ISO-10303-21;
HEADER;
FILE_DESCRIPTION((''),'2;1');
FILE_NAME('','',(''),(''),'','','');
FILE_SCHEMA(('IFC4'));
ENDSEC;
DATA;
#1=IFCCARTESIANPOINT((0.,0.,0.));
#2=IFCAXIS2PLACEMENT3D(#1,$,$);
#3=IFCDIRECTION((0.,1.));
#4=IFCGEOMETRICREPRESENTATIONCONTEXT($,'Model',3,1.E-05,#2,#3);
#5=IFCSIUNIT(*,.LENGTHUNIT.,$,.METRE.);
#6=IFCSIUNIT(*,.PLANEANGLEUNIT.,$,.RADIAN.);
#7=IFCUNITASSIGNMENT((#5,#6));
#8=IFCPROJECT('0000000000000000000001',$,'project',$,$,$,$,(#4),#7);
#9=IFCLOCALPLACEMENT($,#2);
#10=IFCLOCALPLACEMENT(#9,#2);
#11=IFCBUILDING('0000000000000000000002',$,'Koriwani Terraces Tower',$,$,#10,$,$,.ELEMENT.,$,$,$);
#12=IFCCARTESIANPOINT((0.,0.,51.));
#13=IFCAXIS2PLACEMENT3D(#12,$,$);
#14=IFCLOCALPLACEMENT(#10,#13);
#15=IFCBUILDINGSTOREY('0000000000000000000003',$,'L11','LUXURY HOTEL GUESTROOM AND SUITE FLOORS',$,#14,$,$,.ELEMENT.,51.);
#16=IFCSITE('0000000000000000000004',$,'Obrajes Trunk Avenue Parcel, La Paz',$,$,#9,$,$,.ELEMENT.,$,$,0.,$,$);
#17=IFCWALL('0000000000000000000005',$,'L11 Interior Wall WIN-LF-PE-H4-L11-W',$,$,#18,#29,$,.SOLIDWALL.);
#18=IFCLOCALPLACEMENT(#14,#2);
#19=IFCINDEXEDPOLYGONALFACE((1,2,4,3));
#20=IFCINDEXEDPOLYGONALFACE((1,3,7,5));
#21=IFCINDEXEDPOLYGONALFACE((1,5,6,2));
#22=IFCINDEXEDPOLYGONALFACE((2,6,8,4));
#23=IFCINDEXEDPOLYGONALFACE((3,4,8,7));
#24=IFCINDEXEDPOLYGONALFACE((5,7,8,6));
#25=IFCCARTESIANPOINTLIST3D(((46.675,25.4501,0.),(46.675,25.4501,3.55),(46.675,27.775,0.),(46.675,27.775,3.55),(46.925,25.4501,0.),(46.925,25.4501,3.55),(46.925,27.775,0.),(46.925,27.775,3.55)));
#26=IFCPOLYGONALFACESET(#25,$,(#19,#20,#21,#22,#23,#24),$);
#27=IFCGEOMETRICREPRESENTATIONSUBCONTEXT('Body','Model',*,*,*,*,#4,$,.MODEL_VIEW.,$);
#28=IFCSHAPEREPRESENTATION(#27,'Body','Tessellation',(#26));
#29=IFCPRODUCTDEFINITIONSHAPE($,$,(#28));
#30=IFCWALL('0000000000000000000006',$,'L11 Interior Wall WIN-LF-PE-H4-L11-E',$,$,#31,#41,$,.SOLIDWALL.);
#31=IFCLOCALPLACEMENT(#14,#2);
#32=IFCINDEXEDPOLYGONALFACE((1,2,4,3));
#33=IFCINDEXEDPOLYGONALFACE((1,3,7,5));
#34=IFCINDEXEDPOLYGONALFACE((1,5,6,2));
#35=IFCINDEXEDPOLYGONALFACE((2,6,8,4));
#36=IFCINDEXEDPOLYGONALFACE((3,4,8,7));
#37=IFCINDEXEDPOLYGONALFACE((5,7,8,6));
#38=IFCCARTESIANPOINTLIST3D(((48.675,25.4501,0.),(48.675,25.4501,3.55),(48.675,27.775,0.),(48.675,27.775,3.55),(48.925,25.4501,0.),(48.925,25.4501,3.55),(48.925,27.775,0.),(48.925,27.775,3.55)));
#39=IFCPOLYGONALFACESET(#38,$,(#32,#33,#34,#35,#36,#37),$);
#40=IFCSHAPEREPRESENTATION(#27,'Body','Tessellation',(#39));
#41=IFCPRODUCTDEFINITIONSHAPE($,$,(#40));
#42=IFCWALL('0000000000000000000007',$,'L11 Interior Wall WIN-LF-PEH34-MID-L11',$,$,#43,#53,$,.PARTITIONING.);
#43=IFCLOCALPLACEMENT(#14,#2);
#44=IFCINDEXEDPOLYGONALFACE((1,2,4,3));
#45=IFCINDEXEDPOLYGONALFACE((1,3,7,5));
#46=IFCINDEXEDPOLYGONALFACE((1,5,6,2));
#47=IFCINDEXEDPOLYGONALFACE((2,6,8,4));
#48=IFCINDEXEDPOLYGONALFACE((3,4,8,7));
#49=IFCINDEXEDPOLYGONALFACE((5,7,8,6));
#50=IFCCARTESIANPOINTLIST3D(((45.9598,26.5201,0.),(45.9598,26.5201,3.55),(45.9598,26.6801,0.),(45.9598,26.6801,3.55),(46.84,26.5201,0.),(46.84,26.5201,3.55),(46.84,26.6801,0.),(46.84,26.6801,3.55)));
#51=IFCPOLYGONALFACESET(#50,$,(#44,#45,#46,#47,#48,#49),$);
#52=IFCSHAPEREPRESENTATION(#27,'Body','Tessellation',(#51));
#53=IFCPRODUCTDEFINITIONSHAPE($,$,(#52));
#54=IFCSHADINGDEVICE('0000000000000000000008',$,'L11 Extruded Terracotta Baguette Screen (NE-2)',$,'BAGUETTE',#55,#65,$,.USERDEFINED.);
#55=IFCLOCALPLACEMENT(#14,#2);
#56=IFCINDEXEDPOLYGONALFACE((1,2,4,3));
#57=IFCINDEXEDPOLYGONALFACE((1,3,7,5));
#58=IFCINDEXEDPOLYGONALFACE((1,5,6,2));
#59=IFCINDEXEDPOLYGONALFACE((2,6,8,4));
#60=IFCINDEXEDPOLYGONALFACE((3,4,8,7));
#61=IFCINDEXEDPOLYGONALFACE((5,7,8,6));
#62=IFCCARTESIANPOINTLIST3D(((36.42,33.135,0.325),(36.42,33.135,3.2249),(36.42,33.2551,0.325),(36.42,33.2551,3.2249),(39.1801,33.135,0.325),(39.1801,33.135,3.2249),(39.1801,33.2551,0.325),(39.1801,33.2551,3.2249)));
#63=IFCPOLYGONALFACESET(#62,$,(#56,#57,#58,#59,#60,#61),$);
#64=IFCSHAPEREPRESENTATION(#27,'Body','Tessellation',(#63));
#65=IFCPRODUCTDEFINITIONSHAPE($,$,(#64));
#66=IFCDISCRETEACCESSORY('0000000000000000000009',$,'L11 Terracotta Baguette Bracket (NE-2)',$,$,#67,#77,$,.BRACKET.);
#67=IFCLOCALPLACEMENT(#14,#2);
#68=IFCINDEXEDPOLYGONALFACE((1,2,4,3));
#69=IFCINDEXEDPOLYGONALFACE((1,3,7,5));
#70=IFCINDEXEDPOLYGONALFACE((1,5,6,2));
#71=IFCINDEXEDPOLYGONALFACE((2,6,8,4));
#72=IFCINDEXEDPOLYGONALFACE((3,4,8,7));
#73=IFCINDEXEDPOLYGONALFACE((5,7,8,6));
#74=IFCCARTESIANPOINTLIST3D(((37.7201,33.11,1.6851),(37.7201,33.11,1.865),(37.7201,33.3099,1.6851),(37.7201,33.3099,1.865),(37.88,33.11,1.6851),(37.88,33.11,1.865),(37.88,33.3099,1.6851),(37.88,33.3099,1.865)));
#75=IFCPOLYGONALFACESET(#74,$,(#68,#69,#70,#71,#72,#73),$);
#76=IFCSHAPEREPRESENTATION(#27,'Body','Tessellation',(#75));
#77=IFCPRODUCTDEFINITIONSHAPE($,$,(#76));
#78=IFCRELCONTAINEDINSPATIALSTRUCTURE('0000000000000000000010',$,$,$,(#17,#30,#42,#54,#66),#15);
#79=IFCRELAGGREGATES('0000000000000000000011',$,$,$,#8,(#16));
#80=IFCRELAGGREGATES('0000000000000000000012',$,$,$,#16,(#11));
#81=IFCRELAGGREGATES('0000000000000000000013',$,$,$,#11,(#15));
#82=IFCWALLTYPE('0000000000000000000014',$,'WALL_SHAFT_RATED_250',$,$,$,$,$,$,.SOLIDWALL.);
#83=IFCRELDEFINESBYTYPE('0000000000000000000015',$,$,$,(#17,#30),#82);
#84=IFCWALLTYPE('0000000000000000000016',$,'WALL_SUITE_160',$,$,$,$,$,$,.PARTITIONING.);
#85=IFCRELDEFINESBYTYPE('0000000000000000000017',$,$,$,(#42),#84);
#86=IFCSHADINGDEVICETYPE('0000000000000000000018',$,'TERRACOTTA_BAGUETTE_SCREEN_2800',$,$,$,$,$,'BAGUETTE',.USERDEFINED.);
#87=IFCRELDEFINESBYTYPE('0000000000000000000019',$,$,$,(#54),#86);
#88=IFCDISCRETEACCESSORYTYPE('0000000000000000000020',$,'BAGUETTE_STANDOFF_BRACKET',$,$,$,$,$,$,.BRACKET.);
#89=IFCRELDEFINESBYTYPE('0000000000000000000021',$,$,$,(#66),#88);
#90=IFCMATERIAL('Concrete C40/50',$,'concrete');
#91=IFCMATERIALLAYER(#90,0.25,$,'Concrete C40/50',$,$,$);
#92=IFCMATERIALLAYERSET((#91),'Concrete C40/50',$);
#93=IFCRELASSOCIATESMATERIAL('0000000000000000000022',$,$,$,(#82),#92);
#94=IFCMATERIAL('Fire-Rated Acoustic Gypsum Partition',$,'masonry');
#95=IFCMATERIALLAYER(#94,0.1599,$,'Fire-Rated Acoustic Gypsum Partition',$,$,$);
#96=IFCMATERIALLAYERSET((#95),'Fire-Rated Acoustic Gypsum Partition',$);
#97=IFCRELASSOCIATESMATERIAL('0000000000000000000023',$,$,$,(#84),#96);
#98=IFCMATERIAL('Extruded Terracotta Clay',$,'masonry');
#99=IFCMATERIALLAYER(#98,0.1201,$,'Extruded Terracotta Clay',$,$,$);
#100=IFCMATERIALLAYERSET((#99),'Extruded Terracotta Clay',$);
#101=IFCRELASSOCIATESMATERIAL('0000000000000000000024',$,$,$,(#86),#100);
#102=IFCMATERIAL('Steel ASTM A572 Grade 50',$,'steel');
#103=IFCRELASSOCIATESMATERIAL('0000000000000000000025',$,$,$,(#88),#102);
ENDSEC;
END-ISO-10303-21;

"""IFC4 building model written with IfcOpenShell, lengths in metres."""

from ifc_helpers import new_model, si_unit, direction, frame, frame_2d, origin, origin_2d, place, context, subcontext, project, spatial, rectangle, extrude, material, layer, layer_set, type_object, element, save


model = new_model("IFC4")

# Units and contexts
model_context = context("Model", 3, precision=1e-05, world=origin(), true_north=direction((0.0, 1.0)))
body_context = subcontext(model_context, "Body", "Model", "MODEL_VIEW")
ifc_project = project(units=[si_unit("LENGTHUNIT", "METRE"), si_unit("PLANEANGLEUNIT", "RADIAN")], contexts=[model_context])

# Site, building, storey
site_placement = place(None, origin())
site = spatial("IfcSite", under=ifc_project, at=site_placement, Name="Obrajes Trunk Avenue Parcel, La Paz", CompositionType="ELEMENT", RefElevation=0.0)
building_placement = place(site_placement, origin())
building = spatial("IfcBuilding", under=site, at=building_placement, Name="Koriwani Terraces Tower", CompositionType="ELEMENT")
storey_placement = place(building_placement, frame((0.0, 0.0, 51.0)))
storey = spatial("IfcBuildingStorey", under=building, at=storey_placement, Name="L11", Description="LUXURY HOTEL GUESTROOM AND SUITE FLOORS", CompositionType="ELEMENT", Elevation=51.0)

# Shared definitions
ifc_material_1 = material(Name="Steel ASTM A572 Grade 50", Category="steel")

# Walls
ifc_material_2 = material(Name="Concrete C40/50", Category="concrete")
ifc_layer_1 = layer(ifc_material_2, 0.25, Name="Concrete C40/50")
ifc_layer_set_1 = layer_set([ifc_layer_1], Name="Concrete C40/50")
wall_type_1 = type_object("IfcWallType", Name="WALL_SHAFT_RATED_250", PredefinedType="SOLIDWALL", material=ifc_layer_set_1)
for number, where, z_axis, x_axis, name in (
    (1, (46.8, 25.45, 0.0), (0.0, 0.0, 1.0), (0.0, 1.0, 0.0), "L11 Interior Wall WIN-LF-PE-H4-L11-W"),
    (2, (48.8, 25.45, 0.0), (0.0, 0.0, 1.0), (0.0, 1.0, 0.0), "L11 Interior Wall WIN-LF-PE-H4-L11-E"),
):
    element("IfcWall", number, at=place(storey_placement, frame(where, z_axis=z_axis, x_axis=x_axis)), inside=storey, type_object=wall_type_1, Name=name, PredefinedType="SOLIDWALL", context=body_context, shape_type="SweptSolid", body=[
        extrude(rectangle(XDim=2.325, YDim=0.25, at=frame_2d((1.1626, 0.0))), origin(), (0.0, 0.0, 1.0), 3.55),
    ])
ifc_material_3 = material(Name="Fire-Rated Acoustic Gypsum Partition", Category="masonry")
ifc_layer_2 = layer(ifc_material_3, 0.1599, Name="Fire-Rated Acoustic Gypsum Partition")
ifc_layer_set_2 = layer_set([ifc_layer_2], Name="Fire-Rated Acoustic Gypsum Partition")
wall_type_2 = type_object("IfcWallType", Name="WALL_SUITE_160", PredefinedType="PARTITIONING", material=ifc_layer_set_2)
wall_1_placement = place(storey_placement, frame((45.96, 26.6001, 0.0), z_axis=(0.0, 0.0, 1.0), x_axis=(1.0, 0.0, 0.0)))
element("IfcWall", 3, at=wall_1_placement, inside=storey, type_object=wall_type_2, Name="L11 Interior Wall WIN-LF-PEH34-MID-L11", PredefinedType="PARTITIONING", context=body_context, shape_type="SweptSolid", body=[
    extrude(rectangle(XDim=0.8801, YDim=0.1599, at=frame_2d((0.4399, 0.0))), origin(), (0.0, 0.0, 1.0), 3.55),
])

# Shading device
ifc_material_4 = material(Name="Extruded Terracotta Clay", Category="masonry")
ifc_layer_3 = layer(ifc_material_4, 0.1201, Name="Extruded Terracotta Clay")
ifc_layer_set_3 = layer_set([ifc_layer_3], Name="Extruded Terracotta Clay")
shading_device_type = type_object("IfcShadingDeviceType", Name="TERRACOTTA_BAGUETTE_SCREEN_2800", ElementType="BAGUETTE", PredefinedType="USERDEFINED", material=ifc_layer_set_3)
shading_device_placement = place(storey_placement, frame((37.8, 33.1951, 0.325), z_axis=(0.0, 0.0, 1.0), x_axis=(1.0, 0.0, 0.0)))
element("IfcShadingDevice", 4, at=shading_device_placement, inside=storey, type_object=shading_device_type, Name="L11 Extruded Terracotta Baguette Screen (NE-2)", ObjectType="BAGUETTE", PredefinedType="USERDEFINED", context=body_context, shape_type="SweptSolid", body=[
    extrude(rectangle(XDim=2.76, YDim=0.1201, at=origin_2d()), origin(), (0.0, 0.0, 1.0), 2.8999),
])

# Discrete accessory
discrete_accessory_type = type_object("IfcDiscreteAccessoryType", Name="BAGUETTE_STANDOFF_BRACKET", PredefinedType="BRACKET", material=ifc_material_1)
discrete_accessory_placement = place(storey_placement, frame((37.8, 33.21, 1.6851), z_axis=(0.0, 0.0, 1.0), x_axis=(1.0, 0.0, 0.0)))
element("IfcDiscreteAccessory", 5, at=discrete_accessory_placement, inside=storey, type_object=discrete_accessory_type, Name="L11 Terracotta Baguette Bracket (NE-2)", PredefinedType="BRACKET", context=body_context, shape_type="SweptSolid", body=[
    extrude(rectangle(XDim=0.1599, YDim=0.2, at=origin_2d()), origin(), (0.0, 0.0, 1.0), 0.1799),
])

save(model, "model.ifc")
